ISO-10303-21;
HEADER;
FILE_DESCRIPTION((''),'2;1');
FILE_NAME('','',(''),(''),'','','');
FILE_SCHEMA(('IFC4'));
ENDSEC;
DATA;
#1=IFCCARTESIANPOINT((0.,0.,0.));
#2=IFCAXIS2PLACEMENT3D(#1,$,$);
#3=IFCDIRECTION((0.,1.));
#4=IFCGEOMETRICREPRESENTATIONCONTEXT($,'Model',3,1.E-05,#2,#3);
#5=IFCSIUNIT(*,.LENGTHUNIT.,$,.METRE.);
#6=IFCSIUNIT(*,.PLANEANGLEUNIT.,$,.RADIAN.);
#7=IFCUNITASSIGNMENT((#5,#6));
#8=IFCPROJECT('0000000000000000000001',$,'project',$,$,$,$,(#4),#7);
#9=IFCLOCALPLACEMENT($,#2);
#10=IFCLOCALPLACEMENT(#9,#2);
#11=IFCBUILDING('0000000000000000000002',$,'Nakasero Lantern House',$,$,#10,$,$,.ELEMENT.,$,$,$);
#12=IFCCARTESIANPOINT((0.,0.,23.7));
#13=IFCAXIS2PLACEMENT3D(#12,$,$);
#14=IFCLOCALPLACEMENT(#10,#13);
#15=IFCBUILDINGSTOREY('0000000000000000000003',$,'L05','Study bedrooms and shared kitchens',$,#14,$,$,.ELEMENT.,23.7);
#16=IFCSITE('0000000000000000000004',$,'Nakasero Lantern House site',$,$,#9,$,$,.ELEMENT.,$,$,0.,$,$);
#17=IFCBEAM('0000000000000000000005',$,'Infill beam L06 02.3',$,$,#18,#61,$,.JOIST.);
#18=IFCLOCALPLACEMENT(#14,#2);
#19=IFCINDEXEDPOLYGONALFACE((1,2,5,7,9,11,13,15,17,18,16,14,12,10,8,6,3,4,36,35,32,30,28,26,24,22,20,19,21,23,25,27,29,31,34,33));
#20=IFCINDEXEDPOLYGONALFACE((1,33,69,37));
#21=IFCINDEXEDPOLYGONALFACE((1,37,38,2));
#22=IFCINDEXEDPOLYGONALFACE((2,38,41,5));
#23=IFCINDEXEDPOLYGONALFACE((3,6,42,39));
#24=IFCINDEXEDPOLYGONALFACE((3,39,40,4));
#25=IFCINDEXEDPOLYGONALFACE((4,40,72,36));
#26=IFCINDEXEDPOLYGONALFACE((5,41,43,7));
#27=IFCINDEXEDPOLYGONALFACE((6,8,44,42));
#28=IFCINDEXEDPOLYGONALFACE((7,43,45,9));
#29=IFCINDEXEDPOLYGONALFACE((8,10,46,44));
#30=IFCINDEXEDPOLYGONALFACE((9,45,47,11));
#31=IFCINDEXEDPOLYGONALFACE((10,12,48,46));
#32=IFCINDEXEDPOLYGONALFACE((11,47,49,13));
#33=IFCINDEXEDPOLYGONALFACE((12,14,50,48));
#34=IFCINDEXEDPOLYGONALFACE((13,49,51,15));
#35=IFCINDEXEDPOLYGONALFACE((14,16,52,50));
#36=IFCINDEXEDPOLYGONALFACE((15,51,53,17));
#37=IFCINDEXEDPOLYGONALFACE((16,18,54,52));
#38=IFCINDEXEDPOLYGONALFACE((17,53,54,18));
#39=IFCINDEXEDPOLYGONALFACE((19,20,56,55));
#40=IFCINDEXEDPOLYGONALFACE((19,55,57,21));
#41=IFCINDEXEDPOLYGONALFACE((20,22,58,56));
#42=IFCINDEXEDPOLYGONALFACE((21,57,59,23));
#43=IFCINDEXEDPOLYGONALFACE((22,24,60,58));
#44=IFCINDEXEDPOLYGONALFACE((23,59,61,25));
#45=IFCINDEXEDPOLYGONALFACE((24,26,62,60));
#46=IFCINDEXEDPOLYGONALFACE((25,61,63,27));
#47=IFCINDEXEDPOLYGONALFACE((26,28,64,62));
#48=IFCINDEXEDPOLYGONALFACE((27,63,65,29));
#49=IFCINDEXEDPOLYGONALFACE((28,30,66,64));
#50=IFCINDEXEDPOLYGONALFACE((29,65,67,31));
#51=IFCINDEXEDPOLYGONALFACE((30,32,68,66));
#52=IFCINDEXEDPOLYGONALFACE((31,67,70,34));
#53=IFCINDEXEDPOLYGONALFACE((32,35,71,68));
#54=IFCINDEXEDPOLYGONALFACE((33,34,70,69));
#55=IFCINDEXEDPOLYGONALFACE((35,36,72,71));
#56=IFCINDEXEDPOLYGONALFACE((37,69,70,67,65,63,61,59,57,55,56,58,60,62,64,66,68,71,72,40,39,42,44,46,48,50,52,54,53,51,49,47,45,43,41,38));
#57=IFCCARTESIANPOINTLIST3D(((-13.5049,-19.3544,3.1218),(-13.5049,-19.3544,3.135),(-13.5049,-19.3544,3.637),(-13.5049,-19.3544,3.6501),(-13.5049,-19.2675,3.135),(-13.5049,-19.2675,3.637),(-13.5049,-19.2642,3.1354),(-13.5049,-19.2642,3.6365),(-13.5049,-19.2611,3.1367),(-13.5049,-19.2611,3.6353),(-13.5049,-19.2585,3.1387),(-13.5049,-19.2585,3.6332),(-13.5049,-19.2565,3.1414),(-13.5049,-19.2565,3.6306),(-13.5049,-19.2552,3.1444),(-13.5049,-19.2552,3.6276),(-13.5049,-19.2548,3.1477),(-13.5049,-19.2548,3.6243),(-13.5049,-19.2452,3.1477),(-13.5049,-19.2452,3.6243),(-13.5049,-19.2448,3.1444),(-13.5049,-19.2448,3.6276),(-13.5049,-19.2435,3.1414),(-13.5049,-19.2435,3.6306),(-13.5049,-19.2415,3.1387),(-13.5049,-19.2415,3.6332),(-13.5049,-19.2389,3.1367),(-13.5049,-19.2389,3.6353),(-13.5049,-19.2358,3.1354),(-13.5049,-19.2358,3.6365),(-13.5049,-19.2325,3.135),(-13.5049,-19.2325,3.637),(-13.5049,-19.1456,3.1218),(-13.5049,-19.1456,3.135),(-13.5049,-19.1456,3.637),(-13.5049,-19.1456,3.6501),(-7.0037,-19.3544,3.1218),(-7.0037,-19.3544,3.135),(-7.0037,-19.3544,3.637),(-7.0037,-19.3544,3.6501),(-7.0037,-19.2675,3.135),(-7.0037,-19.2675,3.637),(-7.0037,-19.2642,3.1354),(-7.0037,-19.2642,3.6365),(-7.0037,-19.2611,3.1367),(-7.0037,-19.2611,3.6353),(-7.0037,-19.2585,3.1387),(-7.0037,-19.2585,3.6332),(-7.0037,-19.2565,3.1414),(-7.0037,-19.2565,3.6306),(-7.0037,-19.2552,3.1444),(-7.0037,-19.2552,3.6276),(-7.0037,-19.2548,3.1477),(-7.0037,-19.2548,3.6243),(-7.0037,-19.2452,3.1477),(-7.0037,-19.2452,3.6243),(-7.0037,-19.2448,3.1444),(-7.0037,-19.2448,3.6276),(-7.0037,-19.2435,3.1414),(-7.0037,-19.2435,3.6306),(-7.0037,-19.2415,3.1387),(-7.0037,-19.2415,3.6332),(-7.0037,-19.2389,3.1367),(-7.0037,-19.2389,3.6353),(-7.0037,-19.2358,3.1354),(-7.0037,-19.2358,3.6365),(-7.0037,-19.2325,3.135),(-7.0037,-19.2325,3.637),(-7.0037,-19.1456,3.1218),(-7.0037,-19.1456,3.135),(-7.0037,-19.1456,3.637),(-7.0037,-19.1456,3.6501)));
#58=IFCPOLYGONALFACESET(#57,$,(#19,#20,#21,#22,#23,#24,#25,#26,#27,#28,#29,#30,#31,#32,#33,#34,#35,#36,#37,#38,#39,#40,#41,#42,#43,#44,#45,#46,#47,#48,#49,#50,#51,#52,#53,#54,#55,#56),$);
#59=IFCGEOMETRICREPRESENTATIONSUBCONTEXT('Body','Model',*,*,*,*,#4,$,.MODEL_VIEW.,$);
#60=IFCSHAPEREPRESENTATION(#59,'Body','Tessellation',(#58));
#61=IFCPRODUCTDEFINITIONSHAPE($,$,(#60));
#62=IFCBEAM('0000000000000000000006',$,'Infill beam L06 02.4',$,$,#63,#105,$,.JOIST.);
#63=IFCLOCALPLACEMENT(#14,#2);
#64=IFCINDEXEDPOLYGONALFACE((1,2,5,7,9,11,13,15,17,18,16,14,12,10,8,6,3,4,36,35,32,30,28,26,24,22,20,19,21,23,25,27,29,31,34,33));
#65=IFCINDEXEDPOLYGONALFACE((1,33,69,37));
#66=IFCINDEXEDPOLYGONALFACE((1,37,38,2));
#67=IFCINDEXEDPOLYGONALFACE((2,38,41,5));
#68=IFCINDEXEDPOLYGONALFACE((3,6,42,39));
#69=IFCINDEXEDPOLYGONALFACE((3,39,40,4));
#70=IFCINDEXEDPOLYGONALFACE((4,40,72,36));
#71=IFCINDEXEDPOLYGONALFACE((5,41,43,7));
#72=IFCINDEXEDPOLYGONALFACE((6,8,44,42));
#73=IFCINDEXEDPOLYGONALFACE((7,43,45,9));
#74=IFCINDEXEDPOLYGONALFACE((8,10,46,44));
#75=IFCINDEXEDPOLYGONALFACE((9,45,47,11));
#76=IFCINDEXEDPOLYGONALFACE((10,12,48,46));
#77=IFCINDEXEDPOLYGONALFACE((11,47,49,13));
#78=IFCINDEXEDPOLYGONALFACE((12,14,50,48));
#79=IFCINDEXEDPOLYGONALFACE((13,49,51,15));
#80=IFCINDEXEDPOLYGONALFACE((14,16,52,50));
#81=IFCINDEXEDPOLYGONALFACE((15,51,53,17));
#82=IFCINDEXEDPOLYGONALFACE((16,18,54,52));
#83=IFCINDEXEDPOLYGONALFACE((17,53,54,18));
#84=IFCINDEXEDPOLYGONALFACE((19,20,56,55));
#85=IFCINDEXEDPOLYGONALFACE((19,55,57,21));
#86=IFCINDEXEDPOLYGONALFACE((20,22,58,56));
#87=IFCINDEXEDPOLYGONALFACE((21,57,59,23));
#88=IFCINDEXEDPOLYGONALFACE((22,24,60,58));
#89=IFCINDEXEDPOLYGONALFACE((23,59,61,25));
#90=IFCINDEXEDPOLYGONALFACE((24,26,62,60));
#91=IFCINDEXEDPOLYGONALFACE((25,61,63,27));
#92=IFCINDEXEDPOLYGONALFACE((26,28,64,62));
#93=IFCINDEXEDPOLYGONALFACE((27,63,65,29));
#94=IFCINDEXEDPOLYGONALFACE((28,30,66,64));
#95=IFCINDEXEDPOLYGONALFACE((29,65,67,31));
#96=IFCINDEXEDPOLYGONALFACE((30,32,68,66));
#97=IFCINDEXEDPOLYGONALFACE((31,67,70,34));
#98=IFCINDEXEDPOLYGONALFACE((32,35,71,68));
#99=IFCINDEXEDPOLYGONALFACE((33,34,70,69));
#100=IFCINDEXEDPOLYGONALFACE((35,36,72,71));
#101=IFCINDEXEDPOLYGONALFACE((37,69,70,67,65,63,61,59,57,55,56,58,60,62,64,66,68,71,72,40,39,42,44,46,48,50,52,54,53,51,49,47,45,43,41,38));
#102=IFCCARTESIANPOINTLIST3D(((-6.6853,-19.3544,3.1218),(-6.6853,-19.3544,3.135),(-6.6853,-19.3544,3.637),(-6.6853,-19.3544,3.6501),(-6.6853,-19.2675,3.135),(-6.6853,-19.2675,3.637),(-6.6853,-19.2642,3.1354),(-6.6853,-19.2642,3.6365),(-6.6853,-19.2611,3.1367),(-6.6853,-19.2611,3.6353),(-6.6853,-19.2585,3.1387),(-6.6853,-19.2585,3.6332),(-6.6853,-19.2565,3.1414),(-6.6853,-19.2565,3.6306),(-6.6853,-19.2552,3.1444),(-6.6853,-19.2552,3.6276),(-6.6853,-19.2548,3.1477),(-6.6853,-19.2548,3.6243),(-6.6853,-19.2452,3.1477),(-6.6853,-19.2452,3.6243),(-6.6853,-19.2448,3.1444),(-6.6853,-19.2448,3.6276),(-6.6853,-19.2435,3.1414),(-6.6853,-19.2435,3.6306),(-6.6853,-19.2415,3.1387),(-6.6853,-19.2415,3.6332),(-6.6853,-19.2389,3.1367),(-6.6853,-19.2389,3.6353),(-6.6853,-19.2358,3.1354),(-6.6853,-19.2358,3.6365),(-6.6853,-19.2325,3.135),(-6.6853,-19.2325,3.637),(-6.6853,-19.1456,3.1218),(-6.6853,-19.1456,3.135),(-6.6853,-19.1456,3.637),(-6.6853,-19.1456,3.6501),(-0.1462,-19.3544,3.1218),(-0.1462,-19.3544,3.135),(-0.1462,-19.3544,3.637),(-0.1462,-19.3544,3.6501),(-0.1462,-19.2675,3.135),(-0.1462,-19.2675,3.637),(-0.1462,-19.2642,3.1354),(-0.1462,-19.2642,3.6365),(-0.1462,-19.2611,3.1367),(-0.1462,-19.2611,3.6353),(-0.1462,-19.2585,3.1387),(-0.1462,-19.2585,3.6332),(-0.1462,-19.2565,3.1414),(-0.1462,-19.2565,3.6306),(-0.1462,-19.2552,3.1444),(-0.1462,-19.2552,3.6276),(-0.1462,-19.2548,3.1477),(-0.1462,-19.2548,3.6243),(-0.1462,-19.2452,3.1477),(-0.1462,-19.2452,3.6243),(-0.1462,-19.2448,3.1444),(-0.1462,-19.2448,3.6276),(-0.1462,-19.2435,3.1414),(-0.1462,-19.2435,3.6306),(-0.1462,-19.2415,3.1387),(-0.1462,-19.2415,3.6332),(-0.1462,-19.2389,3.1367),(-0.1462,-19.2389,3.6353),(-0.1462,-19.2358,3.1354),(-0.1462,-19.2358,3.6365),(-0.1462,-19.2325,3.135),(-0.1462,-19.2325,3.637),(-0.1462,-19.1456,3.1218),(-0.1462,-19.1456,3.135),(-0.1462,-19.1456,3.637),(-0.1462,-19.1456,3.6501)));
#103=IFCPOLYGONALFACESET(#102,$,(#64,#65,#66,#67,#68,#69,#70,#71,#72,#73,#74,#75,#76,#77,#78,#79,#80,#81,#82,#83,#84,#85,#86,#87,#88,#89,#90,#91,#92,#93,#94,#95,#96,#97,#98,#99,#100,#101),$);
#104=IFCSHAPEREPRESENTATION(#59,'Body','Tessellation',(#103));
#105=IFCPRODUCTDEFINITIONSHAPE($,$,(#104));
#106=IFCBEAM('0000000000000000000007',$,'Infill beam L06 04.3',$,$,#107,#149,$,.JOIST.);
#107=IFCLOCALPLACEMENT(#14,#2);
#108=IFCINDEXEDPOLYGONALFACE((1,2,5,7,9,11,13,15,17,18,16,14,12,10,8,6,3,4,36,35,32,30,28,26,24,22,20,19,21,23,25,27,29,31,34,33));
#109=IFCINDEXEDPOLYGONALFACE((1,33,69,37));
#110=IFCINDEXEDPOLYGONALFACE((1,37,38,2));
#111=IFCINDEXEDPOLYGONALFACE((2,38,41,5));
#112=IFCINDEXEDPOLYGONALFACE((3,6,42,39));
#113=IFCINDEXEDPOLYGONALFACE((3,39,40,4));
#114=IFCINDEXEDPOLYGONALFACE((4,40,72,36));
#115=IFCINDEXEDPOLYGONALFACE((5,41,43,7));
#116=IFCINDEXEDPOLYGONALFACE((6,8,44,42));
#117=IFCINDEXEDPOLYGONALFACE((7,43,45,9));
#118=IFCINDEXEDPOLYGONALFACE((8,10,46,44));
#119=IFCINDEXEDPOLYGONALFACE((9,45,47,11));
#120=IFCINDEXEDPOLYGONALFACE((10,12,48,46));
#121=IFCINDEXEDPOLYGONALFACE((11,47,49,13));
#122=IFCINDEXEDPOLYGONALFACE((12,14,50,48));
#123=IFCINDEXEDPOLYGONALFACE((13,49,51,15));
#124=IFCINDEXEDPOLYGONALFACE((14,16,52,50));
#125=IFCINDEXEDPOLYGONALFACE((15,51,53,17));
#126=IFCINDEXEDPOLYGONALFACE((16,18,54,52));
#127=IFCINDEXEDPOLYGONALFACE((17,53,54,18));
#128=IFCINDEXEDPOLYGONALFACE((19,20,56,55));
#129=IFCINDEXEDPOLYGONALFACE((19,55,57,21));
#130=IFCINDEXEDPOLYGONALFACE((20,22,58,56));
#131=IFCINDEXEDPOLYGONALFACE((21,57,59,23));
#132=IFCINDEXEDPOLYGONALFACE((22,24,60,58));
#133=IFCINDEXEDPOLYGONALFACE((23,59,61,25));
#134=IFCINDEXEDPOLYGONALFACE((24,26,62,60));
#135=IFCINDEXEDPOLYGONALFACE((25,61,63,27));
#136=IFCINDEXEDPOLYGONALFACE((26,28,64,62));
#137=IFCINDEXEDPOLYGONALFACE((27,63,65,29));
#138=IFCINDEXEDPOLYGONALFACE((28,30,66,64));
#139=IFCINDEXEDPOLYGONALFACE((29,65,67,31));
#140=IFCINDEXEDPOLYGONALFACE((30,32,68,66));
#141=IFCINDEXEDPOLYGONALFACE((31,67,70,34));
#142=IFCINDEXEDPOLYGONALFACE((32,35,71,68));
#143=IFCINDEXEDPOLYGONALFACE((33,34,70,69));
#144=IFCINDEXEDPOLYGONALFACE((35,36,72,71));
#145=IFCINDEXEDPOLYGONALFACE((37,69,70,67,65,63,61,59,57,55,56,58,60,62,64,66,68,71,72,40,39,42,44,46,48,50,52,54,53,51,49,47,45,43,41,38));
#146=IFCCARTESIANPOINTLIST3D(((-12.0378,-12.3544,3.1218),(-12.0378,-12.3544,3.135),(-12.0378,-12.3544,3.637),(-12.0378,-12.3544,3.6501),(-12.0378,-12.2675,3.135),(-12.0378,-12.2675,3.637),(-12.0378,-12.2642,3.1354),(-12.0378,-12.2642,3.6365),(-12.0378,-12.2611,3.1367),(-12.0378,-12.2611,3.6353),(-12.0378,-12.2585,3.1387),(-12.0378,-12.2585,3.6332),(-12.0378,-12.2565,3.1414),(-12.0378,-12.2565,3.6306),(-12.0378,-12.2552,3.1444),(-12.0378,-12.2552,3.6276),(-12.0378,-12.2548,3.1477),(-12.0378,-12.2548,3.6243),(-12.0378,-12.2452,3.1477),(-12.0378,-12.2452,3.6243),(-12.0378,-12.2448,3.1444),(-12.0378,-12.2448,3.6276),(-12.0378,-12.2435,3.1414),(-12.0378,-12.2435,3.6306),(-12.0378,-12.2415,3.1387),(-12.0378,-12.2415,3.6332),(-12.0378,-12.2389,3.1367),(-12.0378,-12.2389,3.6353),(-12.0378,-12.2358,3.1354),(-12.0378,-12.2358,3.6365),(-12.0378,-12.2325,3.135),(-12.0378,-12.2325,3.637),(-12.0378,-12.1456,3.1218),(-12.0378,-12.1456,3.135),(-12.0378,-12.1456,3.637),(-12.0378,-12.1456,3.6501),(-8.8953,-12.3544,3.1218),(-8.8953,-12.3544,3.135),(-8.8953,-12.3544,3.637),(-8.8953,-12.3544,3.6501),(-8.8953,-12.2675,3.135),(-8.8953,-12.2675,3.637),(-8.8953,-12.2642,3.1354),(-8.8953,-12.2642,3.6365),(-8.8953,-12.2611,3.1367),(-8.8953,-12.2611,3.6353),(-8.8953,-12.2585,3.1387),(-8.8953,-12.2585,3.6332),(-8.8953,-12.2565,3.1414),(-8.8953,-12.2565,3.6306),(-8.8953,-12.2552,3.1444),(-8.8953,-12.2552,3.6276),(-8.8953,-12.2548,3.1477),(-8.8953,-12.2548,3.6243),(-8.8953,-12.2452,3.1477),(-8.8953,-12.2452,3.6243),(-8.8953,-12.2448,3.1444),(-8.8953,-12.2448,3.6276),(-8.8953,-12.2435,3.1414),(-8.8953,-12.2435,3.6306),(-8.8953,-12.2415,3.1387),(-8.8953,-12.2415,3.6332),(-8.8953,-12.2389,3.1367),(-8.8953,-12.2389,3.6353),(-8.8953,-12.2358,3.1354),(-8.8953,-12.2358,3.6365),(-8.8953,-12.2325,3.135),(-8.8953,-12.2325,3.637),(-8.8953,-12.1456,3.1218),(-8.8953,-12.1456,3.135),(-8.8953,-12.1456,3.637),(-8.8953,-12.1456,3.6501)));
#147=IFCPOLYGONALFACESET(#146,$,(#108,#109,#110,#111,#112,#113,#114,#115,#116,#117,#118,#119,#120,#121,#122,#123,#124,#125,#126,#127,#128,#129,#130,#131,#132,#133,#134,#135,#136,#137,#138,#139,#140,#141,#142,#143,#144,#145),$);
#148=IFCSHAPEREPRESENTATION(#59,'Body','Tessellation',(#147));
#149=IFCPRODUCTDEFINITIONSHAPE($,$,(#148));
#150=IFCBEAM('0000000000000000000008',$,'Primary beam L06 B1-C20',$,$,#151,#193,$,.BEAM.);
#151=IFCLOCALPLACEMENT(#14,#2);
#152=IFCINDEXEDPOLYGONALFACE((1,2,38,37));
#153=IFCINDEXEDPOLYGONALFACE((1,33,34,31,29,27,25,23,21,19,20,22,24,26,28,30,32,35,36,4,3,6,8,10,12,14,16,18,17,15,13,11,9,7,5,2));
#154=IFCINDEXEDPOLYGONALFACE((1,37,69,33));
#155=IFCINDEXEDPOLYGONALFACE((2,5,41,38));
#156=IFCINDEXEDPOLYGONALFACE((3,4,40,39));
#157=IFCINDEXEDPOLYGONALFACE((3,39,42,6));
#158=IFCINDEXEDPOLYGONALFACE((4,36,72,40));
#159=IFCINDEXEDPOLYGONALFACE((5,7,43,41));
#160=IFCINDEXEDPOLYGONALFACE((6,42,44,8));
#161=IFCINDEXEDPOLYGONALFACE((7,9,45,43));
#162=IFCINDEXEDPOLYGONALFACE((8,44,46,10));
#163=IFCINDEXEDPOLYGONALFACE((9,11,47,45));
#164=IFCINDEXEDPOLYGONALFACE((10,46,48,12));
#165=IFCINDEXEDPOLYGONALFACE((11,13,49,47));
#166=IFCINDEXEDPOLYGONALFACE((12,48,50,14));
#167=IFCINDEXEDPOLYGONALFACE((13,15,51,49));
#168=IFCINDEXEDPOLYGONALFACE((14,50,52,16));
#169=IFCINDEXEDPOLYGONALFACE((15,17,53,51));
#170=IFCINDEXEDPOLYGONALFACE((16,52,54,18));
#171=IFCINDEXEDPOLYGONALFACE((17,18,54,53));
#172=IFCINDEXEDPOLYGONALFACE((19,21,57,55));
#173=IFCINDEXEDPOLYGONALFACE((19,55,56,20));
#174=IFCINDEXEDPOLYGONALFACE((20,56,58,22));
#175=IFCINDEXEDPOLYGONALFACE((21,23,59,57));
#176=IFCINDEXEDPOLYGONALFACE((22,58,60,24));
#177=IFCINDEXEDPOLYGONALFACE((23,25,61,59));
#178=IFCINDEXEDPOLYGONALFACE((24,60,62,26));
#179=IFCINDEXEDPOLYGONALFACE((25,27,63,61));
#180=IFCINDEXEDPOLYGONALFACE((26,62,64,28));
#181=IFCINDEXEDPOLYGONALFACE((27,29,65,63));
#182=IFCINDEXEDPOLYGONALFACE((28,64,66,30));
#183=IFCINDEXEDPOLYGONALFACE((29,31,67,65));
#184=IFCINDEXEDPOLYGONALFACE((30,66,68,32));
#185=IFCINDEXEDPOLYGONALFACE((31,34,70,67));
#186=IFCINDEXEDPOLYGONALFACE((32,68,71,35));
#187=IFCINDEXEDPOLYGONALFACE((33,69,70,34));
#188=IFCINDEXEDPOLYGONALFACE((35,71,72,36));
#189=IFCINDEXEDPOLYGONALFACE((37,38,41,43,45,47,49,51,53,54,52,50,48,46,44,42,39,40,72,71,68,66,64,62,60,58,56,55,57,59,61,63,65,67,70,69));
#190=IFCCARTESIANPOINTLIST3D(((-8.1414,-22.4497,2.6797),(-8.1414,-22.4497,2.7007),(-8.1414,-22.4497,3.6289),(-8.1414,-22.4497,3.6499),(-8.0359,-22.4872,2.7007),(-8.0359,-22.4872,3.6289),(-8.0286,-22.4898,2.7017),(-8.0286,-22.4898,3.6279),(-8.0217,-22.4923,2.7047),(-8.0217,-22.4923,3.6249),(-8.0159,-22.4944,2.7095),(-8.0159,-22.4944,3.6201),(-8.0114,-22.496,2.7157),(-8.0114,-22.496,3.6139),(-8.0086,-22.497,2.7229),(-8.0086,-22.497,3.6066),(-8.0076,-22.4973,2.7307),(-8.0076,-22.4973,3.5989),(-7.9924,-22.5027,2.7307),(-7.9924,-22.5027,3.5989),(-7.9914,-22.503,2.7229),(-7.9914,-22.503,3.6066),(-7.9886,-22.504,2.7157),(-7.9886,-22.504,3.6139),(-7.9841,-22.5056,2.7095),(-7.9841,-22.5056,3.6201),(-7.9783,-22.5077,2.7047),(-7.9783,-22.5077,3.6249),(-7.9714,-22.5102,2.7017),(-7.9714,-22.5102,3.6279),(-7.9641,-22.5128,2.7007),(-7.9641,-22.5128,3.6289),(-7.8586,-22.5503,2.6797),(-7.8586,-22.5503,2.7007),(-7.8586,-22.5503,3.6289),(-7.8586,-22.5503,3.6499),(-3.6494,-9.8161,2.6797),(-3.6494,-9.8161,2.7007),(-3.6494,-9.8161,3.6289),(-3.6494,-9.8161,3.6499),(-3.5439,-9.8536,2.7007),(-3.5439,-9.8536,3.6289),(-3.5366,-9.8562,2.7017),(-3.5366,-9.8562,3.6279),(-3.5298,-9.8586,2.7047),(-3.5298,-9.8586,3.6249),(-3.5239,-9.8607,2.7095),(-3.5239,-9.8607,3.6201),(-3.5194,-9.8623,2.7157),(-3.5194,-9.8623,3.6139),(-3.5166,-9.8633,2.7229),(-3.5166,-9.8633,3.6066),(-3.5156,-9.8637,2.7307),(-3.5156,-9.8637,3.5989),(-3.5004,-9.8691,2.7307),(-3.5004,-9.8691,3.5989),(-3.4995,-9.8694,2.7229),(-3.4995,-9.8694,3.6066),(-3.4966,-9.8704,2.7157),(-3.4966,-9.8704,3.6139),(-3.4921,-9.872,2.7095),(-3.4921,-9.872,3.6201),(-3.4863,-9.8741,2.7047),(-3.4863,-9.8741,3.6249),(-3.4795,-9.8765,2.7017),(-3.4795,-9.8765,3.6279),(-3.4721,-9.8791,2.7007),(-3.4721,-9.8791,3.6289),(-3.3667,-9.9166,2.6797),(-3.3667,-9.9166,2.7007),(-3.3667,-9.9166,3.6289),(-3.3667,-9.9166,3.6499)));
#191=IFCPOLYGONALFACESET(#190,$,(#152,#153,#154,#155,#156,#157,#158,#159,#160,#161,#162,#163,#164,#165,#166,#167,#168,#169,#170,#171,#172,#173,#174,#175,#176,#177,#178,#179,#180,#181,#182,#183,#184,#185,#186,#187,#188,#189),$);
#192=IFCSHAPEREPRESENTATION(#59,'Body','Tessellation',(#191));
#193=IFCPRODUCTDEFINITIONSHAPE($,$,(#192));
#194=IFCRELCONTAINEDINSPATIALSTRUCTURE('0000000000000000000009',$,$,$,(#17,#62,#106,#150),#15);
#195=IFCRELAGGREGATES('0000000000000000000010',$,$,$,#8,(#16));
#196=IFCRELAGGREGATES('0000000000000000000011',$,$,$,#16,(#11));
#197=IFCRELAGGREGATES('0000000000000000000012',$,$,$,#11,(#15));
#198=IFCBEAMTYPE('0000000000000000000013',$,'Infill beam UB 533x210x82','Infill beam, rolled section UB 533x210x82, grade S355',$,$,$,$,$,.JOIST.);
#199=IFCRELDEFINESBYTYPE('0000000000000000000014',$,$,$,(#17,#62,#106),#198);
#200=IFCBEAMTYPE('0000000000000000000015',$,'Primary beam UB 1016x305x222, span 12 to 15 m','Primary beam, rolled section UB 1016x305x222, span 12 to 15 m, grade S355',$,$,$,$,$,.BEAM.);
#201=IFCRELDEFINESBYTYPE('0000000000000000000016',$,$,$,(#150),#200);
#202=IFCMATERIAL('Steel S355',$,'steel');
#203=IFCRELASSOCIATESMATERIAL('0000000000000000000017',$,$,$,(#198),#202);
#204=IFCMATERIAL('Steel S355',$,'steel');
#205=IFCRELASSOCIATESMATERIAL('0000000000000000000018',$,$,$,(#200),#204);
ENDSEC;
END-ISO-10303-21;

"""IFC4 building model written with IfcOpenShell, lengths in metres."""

from ifc_helpers import new_model, si_unit, direction, frame, origin, origin_2d, place, context, subcontext, project, spatial, i_section, extrude, material, material_profile, profile_set, type_object, element, save


model = new_model("IFC4")

# Units and contexts
model_context = context("Model", 3, precision=1e-05, world=origin(), true_north=direction((0.0, 1.0)))
body_context = subcontext(model_context, "Body", "Model", "MODEL_VIEW")
ifc_project = project(units=[si_unit("LENGTHUNIT", "METRE"), si_unit("PLANEANGLEUNIT", "RADIAN")], contexts=[model_context])

# Site, building, storey
site_placement = place(None, origin())
site = spatial("IfcSite", under=ifc_project, at=site_placement, Name="Nakasero Lantern House site", CompositionType="ELEMENT", RefElevation=0.0)
building_placement = place(site_placement, origin())
building = spatial("IfcBuilding", under=site, at=building_placement, Name="Nakasero Lantern House", CompositionType="ELEMENT")
storey_placement = place(building_placement, frame((0.0, 0.0, 23.7)))
storey = spatial("IfcBuildingStorey", under=building, at=storey_placement, Name="L05", Description="Study bedrooms and shared kitchens", CompositionType="ELEMENT", Elevation=23.7)

# Beams
ifc_material_1 = material(Name="Steel S355", Category="steel")
ifc_material_profile_1 = material_profile(ifc_material_1, i_section(OverallWidth=0.2087, OverallDepth=0.5283, WebThickness=0.0095, FlangeThickness=0.0132, FilletRadius=0.0127, at=origin_2d()), Name="UB 533x210x82")
ifc_profile_set_1 = profile_set([ifc_material_profile_1], Name="Steel S355")
beam_type_1 = type_object("IfcBeamType", Name="Infill beam UB 533x210x82", Description="Infill beam, rolled section UB 533x210x82, grade S355", PredefinedType="JOIST", material=ifc_profile_set_1)
beam_1_placement = place(storey_placement, frame((-13.5049, -19.25, 3.386), z_axis=(1.0, 0.0, 0.0), x_axis=(0.0, 1.0, 0.0)))
element("IfcBeam", 1, at=beam_1_placement, inside=storey, type_object=beam_type_1, Name="Infill beam L06 02.3", PredefinedType="JOIST", context=body_context, shape_type="SweptSolid", body=[
    extrude(i_section(OverallWidth=0.2087, OverallDepth=0.5283, WebThickness=0.0095, FlangeThickness=0.0132, FilletRadius=0.0127, at=origin_2d()), origin(), (0.0, 0.0, 1.0), 6.5012),
])
beam_2_placement = place(storey_placement, frame((-6.6853, -19.25, 3.386), z_axis=(1.0, 0.0, 0.0), x_axis=(0.0, 1.0, 0.0)))
element("IfcBeam", 2, at=beam_2_placement, inside=storey, type_object=beam_type_1, Name="Infill beam L06 02.4", PredefinedType="JOIST", context=body_context, shape_type="SweptSolid", body=[
    extrude(i_section(OverallWidth=0.2087, OverallDepth=0.5283, WebThickness=0.0095, FlangeThickness=0.0132, FilletRadius=0.0127, at=origin_2d()), origin(), (0.0, 0.0, 1.0), 6.5391),
])
beam_3_placement = place(storey_placement, frame((-12.0378, -12.25, 3.386), z_axis=(1.0, 0.0, 0.0), x_axis=(0.0, 1.0, 0.0)))
element("IfcBeam", 3, at=beam_3_placement, inside=storey, type_object=beam_type_1, Name="Infill beam L06 04.3", PredefinedType="JOIST", context=body_context, shape_type="SweptSolid", body=[
    extrude(i_section(OverallWidth=0.2087, OverallDepth=0.5283, WebThickness=0.0095, FlangeThickness=0.0132, FilletRadius=0.0127, at=origin_2d()), origin(), (0.0, 0.0, 1.0), 3.1426),
])
ifc_material_2 = material(Name="Steel S355", Category="steel")
ifc_material_profile_2 = material_profile(ifc_material_2, i_section(OverallWidth=0.3, OverallDepth=0.9702, WebThickness=0.0161, FlangeThickness=0.021, FilletRadius=0.03, at=origin_2d()), Name="UB 1016x305x222")
ifc_profile_set_2 = profile_set([ifc_material_profile_2], Name="Steel S355")
beam_type_2 = type_object("IfcBeamType", Name="Primary beam UB 1016x305x222, span 12 to 15 m", Description="Primary beam, rolled section UB 1016x305x222, span 12 to 15 m, grade S355", PredefinedType="BEAM", material=ifc_profile_set_2)
beam_4_placement = place(storey_placement, frame((-8.0, -22.5, 3.1648), z_axis=(0.335011, 0.942214, 0.0), x_axis=(-0.942214, 0.335011, 0.0)))
element("IfcBeam", 4, at=beam_4_placement, inside=storey, type_object=beam_type_2, Name="Primary beam L06 B1-C20", PredefinedType="BEAM", context=body_context, shape_type="SweptSolid", body=[
    extrude(i_section(OverallWidth=0.3, OverallDepth=0.9702, WebThickness=0.0161, FlangeThickness=0.021, FilletRadius=0.03, at=origin_2d()), origin(), (0.0, 0.0, 1.0), 13.4084),
])

save(model, "model.ifc")
